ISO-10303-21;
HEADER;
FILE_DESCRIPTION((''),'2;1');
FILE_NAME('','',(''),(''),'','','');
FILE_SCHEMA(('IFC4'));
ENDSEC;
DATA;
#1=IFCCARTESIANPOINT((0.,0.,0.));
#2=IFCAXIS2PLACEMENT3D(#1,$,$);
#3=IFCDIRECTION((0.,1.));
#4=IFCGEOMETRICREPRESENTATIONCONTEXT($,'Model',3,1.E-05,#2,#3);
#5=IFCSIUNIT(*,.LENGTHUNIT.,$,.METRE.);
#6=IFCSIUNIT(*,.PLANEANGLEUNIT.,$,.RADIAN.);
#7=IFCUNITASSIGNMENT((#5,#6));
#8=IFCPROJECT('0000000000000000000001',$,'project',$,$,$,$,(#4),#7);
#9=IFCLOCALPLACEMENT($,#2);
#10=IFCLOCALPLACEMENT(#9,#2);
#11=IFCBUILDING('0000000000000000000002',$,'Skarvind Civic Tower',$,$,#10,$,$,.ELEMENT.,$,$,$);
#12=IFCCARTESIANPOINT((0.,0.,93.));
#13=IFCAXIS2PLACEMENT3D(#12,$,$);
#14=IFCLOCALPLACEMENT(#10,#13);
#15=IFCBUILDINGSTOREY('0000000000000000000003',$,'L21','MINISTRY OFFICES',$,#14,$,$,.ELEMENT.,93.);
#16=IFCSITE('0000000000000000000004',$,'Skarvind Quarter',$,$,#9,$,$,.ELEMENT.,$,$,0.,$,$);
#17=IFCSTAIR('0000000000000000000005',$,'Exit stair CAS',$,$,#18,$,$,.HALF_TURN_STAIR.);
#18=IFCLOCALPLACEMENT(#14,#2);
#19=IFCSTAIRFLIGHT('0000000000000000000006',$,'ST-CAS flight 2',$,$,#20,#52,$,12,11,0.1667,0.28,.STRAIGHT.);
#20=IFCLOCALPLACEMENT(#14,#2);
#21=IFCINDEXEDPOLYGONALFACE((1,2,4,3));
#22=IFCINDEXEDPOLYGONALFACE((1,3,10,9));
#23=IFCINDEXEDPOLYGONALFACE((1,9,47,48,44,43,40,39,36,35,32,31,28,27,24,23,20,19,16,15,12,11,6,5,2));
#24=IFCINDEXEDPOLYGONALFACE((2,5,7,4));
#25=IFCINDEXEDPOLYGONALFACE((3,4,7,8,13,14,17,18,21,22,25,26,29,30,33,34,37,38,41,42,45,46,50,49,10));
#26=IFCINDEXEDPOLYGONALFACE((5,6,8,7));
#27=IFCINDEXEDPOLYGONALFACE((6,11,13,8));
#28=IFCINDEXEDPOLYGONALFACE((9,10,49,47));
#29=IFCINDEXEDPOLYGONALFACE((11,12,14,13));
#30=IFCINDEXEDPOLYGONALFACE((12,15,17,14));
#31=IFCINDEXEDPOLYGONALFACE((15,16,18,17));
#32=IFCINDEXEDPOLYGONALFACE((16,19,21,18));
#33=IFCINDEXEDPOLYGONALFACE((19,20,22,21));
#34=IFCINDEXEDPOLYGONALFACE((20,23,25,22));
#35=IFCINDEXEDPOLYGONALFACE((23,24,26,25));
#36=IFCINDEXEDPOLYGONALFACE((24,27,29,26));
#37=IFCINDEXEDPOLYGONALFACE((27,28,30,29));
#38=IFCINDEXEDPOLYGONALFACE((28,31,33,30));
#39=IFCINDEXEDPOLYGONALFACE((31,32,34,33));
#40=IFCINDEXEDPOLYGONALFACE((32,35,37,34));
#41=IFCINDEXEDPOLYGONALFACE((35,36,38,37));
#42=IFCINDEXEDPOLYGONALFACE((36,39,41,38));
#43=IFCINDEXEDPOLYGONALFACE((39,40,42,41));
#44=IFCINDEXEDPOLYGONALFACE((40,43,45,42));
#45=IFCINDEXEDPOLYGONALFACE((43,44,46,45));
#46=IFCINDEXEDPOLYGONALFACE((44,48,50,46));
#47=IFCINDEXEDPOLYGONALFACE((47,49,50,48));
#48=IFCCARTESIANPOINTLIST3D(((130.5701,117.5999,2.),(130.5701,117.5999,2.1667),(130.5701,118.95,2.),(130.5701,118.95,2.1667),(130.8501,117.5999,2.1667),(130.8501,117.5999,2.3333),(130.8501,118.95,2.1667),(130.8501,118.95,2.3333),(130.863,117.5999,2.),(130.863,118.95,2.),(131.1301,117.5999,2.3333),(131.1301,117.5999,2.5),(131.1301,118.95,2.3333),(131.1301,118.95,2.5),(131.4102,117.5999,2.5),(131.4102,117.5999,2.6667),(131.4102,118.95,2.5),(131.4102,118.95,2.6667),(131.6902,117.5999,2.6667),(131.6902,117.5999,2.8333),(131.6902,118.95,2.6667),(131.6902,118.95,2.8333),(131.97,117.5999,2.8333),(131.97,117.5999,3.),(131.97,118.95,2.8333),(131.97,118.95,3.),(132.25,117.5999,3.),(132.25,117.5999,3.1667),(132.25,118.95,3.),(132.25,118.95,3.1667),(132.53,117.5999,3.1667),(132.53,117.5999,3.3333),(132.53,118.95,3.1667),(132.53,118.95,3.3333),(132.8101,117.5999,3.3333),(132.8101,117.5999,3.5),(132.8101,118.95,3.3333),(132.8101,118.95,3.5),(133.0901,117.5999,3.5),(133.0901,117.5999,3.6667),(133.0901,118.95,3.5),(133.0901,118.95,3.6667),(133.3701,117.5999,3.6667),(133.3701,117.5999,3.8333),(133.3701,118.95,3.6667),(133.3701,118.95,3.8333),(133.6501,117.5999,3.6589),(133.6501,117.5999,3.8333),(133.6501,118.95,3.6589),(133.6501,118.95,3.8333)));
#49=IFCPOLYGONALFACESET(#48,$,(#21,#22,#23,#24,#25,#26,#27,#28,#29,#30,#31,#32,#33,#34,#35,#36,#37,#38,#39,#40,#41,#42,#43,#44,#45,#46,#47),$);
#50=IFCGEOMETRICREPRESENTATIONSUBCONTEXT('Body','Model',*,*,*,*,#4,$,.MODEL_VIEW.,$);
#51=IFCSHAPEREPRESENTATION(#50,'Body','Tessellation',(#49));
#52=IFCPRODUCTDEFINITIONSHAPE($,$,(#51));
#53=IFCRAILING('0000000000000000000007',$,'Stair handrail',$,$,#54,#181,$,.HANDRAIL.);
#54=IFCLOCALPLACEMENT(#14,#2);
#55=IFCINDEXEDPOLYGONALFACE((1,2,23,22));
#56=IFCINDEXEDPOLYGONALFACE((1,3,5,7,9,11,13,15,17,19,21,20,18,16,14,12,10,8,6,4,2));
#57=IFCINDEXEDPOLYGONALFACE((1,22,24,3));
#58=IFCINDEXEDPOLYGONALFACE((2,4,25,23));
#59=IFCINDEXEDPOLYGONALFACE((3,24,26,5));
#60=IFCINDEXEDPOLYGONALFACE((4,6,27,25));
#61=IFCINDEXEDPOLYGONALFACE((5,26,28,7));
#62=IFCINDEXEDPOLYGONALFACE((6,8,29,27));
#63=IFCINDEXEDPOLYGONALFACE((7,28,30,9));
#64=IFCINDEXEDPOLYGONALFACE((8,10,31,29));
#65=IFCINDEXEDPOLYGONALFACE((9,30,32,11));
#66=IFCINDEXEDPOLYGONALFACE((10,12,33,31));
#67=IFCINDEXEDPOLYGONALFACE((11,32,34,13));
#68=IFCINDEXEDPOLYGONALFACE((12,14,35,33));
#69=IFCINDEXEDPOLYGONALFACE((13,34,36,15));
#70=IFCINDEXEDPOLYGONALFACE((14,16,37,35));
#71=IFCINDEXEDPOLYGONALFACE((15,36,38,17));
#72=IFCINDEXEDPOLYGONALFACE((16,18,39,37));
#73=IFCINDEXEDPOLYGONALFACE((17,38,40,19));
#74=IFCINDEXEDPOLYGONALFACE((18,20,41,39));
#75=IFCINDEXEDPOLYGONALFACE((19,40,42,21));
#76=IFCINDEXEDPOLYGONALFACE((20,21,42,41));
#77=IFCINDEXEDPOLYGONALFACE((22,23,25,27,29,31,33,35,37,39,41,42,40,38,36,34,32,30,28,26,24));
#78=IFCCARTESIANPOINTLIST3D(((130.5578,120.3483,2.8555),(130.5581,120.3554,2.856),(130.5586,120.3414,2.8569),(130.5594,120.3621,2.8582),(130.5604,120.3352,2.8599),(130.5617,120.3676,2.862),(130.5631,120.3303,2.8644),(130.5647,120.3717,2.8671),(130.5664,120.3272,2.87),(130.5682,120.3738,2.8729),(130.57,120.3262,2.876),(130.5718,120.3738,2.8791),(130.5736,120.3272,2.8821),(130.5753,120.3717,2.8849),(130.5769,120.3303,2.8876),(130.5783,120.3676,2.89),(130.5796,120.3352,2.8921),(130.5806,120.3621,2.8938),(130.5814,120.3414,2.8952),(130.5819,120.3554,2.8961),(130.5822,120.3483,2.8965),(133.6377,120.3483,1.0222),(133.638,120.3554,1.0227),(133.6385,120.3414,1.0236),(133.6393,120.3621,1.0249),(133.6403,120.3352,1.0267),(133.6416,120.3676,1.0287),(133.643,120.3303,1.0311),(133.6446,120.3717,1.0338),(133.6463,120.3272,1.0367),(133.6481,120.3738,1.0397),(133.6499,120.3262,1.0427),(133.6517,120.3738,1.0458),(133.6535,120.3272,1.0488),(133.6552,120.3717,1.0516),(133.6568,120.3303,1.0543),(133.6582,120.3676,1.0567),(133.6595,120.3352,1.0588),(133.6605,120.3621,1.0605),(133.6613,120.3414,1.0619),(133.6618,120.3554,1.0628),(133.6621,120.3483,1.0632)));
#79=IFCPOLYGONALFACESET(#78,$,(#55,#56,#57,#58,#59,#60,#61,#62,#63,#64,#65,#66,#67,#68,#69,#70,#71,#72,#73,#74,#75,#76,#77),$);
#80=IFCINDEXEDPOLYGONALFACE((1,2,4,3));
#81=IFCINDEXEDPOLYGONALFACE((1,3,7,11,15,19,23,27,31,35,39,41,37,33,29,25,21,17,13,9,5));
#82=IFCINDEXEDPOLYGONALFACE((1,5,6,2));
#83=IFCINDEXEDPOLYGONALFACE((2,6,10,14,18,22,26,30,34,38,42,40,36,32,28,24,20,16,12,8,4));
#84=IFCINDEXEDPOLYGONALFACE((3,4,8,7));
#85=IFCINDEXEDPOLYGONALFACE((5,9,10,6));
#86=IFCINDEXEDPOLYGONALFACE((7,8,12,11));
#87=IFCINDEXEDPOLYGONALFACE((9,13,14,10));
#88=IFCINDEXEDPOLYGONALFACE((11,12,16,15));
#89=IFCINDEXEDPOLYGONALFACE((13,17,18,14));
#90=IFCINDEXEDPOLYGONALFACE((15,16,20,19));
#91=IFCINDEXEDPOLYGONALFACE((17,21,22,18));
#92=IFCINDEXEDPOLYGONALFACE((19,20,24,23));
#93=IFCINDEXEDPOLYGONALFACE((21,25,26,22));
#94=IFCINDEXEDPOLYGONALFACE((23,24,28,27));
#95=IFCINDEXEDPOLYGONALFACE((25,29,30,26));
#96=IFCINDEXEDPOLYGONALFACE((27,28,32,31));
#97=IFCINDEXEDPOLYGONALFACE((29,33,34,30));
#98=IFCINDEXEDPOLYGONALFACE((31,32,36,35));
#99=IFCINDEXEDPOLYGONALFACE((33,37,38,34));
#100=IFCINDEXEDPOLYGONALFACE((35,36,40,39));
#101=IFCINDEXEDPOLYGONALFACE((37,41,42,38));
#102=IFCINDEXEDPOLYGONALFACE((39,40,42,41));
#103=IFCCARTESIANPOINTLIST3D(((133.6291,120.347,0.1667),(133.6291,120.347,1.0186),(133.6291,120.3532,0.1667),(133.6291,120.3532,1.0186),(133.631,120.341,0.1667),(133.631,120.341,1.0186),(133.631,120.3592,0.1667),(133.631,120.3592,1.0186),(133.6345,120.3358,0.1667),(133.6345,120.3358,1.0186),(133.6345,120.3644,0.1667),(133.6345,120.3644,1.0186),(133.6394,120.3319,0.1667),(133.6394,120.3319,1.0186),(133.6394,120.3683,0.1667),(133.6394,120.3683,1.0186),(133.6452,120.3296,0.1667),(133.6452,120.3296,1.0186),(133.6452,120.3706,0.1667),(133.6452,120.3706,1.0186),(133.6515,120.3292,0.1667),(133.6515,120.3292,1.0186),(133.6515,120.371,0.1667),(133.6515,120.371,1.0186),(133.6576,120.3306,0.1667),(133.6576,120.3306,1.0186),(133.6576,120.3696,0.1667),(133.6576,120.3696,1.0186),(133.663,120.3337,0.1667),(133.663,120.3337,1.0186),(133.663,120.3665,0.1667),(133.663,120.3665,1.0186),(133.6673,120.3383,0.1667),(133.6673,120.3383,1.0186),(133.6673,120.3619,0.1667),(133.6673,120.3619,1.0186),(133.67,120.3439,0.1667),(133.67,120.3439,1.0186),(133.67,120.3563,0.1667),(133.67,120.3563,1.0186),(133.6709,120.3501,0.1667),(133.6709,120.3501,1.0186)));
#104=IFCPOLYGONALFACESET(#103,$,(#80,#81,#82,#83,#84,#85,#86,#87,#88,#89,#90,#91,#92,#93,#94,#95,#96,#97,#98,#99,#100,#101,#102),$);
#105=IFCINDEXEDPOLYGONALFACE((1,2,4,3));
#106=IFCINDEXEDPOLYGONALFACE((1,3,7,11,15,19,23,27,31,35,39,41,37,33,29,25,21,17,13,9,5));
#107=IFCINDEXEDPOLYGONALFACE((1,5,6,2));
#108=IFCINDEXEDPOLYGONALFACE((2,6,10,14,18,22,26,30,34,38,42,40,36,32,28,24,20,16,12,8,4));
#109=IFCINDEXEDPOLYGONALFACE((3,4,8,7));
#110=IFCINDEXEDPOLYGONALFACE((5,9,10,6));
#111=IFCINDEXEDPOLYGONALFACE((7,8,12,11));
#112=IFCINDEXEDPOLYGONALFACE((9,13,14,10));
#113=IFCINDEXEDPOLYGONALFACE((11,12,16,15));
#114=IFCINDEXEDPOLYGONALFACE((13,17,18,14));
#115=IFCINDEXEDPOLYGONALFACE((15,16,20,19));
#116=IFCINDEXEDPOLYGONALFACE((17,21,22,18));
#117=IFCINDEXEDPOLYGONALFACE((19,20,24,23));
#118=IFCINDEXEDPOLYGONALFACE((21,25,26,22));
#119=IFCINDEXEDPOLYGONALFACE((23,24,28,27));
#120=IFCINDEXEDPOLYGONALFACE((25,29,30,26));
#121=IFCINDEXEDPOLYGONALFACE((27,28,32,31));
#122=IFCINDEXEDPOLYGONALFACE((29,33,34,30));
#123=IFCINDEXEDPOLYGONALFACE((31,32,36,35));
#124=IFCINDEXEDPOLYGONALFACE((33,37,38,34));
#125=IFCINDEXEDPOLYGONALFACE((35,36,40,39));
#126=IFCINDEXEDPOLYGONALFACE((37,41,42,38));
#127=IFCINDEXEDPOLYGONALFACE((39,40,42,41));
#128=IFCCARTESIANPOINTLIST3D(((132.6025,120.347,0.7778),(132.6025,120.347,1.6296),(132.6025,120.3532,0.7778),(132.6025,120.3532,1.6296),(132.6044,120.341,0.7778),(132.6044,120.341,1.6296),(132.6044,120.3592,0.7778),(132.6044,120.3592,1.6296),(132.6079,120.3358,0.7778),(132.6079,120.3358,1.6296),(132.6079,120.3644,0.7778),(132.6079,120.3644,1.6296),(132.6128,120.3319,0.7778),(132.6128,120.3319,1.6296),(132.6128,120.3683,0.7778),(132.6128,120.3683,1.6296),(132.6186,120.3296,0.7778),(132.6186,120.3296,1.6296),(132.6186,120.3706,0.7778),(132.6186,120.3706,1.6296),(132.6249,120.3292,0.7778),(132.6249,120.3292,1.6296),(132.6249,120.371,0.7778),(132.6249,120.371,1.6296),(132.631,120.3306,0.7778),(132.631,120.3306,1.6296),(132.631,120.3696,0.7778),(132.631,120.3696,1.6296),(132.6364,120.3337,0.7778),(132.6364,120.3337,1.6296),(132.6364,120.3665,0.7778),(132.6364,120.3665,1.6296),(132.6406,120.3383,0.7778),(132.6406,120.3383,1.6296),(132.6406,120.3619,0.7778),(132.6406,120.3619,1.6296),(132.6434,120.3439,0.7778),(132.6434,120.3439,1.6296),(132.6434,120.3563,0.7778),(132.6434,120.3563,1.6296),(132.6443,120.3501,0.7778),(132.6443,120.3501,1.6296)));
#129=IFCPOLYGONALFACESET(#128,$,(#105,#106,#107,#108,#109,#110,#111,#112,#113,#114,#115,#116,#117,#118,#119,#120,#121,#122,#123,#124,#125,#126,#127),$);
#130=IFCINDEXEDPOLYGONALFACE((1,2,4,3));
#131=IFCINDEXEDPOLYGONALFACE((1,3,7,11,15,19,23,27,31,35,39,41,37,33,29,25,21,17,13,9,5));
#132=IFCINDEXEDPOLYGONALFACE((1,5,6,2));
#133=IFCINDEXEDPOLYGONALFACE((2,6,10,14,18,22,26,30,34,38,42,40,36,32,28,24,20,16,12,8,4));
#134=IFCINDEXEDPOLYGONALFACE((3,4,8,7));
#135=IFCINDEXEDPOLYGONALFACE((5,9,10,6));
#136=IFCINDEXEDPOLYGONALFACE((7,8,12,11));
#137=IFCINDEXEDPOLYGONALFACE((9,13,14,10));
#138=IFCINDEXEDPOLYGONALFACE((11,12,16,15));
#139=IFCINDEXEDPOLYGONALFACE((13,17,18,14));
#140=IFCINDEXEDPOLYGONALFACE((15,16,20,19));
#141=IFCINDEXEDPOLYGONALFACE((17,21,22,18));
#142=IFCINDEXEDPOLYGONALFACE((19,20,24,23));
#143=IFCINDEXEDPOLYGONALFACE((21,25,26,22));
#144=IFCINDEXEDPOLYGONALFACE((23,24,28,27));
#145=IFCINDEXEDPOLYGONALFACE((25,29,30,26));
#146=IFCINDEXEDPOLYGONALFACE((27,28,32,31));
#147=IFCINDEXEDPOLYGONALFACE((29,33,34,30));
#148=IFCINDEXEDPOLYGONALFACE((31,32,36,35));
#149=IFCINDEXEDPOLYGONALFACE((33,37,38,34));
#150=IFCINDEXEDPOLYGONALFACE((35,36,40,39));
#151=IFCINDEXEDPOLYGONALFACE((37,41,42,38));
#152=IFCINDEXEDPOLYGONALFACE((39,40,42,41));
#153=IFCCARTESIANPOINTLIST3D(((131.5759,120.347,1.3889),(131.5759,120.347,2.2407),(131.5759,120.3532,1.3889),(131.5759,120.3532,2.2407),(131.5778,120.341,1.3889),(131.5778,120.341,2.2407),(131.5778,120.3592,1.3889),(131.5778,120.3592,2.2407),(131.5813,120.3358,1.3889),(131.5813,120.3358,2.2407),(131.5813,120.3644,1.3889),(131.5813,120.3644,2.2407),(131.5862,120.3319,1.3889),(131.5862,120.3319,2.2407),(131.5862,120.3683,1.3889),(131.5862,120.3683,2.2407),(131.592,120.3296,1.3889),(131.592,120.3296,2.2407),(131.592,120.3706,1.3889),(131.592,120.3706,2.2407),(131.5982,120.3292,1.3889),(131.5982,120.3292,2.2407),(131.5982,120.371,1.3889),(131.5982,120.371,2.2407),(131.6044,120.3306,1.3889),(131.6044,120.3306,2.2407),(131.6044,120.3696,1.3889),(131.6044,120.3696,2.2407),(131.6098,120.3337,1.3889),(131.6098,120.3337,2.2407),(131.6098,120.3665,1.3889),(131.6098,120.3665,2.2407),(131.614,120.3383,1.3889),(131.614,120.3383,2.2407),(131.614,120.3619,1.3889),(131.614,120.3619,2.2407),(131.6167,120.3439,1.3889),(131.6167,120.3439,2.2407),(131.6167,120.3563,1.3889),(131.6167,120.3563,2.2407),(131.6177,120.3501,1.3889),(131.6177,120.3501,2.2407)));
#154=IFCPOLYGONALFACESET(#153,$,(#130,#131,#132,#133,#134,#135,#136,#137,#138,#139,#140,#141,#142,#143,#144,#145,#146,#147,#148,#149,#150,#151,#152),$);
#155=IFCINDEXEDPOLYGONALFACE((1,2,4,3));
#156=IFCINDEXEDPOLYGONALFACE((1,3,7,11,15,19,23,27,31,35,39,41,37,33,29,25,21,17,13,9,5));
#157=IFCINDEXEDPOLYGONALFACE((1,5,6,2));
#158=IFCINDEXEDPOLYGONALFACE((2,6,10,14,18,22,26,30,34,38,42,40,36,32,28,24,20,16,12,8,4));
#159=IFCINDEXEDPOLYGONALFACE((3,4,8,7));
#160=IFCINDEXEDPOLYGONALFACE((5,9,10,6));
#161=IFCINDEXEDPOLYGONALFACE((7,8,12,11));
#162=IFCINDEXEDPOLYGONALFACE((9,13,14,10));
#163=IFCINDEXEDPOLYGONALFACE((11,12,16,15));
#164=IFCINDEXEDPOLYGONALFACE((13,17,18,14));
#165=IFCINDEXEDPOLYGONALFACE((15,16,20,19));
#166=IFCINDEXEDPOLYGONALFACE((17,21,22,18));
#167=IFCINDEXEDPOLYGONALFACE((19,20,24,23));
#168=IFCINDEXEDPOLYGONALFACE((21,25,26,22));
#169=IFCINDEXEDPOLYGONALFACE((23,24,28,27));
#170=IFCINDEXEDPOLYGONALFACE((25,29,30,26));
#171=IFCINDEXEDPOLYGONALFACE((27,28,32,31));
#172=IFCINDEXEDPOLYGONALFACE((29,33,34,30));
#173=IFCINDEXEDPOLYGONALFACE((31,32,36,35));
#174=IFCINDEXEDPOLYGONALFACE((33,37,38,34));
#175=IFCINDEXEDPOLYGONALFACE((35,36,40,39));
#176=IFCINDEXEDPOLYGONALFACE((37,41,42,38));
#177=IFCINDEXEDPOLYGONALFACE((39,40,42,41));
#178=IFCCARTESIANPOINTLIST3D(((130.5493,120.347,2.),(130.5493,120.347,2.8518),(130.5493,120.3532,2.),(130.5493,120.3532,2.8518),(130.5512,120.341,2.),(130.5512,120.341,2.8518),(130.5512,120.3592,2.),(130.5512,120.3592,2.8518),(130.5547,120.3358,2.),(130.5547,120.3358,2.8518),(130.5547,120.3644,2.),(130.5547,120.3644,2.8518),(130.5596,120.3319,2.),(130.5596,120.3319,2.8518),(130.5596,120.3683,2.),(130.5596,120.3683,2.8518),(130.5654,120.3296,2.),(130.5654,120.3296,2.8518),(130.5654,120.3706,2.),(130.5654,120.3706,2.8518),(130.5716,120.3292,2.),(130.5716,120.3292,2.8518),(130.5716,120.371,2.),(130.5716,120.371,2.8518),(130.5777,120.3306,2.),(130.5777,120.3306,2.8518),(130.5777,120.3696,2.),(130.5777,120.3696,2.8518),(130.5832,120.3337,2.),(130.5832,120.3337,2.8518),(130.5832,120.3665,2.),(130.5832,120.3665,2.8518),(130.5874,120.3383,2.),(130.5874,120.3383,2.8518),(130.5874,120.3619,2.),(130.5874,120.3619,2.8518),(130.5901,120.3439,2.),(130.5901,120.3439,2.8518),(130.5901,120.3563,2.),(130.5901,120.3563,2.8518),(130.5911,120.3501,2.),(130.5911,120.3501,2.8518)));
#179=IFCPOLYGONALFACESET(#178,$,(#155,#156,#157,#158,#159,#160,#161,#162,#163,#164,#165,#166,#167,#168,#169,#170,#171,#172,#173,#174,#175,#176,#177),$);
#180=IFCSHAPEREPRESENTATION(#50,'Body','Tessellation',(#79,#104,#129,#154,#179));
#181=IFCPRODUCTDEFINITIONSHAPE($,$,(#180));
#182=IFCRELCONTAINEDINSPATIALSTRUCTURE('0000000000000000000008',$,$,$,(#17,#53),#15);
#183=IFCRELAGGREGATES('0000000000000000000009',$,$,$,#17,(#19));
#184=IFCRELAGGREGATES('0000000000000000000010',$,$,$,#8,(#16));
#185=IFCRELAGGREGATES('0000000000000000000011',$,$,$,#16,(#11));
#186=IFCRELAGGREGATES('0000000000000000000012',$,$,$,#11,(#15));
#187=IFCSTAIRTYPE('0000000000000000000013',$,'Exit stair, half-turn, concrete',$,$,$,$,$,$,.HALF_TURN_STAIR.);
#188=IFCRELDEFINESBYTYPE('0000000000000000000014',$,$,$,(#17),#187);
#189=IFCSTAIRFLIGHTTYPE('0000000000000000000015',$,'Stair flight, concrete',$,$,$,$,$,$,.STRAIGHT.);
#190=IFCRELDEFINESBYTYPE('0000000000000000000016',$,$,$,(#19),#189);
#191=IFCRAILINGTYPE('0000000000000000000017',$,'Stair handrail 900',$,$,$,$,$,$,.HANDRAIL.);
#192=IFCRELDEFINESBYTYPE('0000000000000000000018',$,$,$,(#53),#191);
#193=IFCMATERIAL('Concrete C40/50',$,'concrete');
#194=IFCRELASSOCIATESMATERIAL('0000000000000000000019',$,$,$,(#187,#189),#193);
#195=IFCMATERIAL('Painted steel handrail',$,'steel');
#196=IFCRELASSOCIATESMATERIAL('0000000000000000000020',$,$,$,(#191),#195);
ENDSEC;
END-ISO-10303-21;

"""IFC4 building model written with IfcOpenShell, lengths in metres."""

from ifc_helpers import new_model, si_unit, direction, frame, origin, origin_2d, place, context, subcontext, project, spatial, polyline, circle, outline, extrude, material, type_object, element, aggregate, save


model = new_model("IFC4")

# Units and contexts
model_context = context("Model", 3, precision=1e-05, world=origin(), true_north=direction((0.0, 1.0)))
body_context = subcontext(model_context, "Body", "Model", "MODEL_VIEW")
ifc_project = project(units=[si_unit("LENGTHUNIT", "METRE"), si_unit("PLANEANGLEUNIT", "RADIAN")], contexts=[model_context])

# Site, building, storey
site_placement = place(None, origin())
site = spatial("IfcSite", under=ifc_project, at=site_placement, Name="Skarvind Quarter", CompositionType="ELEMENT", RefElevation=0.0)
building_placement = place(site_placement, origin())
building = spatial("IfcBuilding", under=site, at=building_placement, Name="Skarvind Civic Tower", CompositionType="ELEMENT")
storey_placement = place(building_placement, frame((0.0, 0.0, 93.0)))
storey = spatial("IfcBuildingStorey", under=building, at=storey_placement, Name="L21", Description="MINISTRY OFFICES", CompositionType="ELEMENT", Elevation=93.0)

# Stair, stair flight
ifc_material_1 = material(Name="Concrete C40/50", Category="concrete")
stair_type = type_object("IfcStairType", Name="Exit stair, half-turn, concrete", PredefinedType="HALF_TURN_STAIR", material=ifc_material_1)
stair_placement = place(storey_placement, origin())
stair = element("IfcStair", 1, at=stair_placement, inside=storey, type_object=stair_type, Name="Exit stair CAS", PredefinedType="HALF_TURN_STAIR")
stair_flight_type = type_object("IfcStairFlightType", Name="Stair flight, concrete", PredefinedType="STRAIGHT", material=ifc_material_1)
stair_flight_1_placement = place(storey_placement, frame((130.5701, 118.2749, 2.0), z_axis=(0.0, 0.0, 1.0), x_axis=(1.0, 0.0, 0.0)))
stair_flight_1 = element("IfcStairFlight", 2, at=stair_flight_1_placement, type_object=stair_flight_type, Name="ST-CAS flight 2", NumberOfRisers=12, NumberOfTreads=11, PredefinedType="STRAIGHT", RiserHeight=0.1667, TreadLength=0.28, context=body_context, shape_type="SweptSolid", body=[
    extrude(outline(polyline([(0.0, 0.0), (0.0, 0.1667), (0.28, 0.1667), (0.28, 0.3333), (0.5601, 0.3333), (0.5601, 0.5), (0.8401, 0.5), (0.8401, 0.6667), (1.1201, 0.6667), (1.1201, 0.8333), (1.3999, 0.8333), (1.3999, 1.0), (1.6799, 1.0), (1.6799, 1.1667), (1.96, 1.1667), (1.96, 1.3333), (2.24, 1.3333), (2.24, 1.5), (2.52, 1.5), (2.52, 1.6667), (2.8, 1.6667), (2.8, 1.8333), (3.0801, 1.8333), (3.0801, 2.0), (3.0801, 1.6589), (0.293, 0.0), (0.0, 0.0)])), frame((0.0, 0.675, 0.0), z_axis=(0.0, -1.0, 0.0), x_axis=(1.0, 0.0, 0.0)), (0.0, 0.0, 1.0), 1.3501),
])
aggregate(stair, [stair_flight_1])

# Railing
ifc_material_2 = material(Name="Painted steel handrail", Category="steel")
railing_type = type_object("IfcRailingType", Name="Stair handrail 900", PredefinedType="HANDRAIL", material=ifc_material_2)
railing_1_placement = place(storey_placement, frame((133.6499, 120.3501, 0.1667)))
element("IfcRailing", 3, at=railing_1_placement, inside=storey, type_object=railing_type, Name="Stair handrail", PredefinedType="HANDRAIL", context=body_context, shape_type="SweptSolid", body=[
    extrude(circle(Radius=0.0239, at=origin_2d()), frame((0.0, 0.0, 0.876), z_axis=(-0.859291, 0.0, 0.511487), x_axis=(0.0, -1.0, 0.0)), (0.0, 0.0, 1.0), 3.5842),
    extrude(circle(Radius=0.021, at=origin_2d()), origin(), (0.0, 0.0, 1.0), 0.8518),
    extrude(circle(Radius=0.021, at=origin_2d()), frame((-1.0266, 0.0, 0.6111)), (0.0, 0.0, 1.0), 0.8518),
    extrude(circle(Radius=0.021, at=origin_2d()), frame((-2.0532, 0.0, 1.2222)), (0.0, 0.0, 1.0), 0.8518),
    extrude(circle(Radius=0.021, at=origin_2d()), frame((-3.0798, 0.0, 1.8333)), (0.0, 0.0, 1.0), 0.8518),
])

save(model, "model.ifc")
